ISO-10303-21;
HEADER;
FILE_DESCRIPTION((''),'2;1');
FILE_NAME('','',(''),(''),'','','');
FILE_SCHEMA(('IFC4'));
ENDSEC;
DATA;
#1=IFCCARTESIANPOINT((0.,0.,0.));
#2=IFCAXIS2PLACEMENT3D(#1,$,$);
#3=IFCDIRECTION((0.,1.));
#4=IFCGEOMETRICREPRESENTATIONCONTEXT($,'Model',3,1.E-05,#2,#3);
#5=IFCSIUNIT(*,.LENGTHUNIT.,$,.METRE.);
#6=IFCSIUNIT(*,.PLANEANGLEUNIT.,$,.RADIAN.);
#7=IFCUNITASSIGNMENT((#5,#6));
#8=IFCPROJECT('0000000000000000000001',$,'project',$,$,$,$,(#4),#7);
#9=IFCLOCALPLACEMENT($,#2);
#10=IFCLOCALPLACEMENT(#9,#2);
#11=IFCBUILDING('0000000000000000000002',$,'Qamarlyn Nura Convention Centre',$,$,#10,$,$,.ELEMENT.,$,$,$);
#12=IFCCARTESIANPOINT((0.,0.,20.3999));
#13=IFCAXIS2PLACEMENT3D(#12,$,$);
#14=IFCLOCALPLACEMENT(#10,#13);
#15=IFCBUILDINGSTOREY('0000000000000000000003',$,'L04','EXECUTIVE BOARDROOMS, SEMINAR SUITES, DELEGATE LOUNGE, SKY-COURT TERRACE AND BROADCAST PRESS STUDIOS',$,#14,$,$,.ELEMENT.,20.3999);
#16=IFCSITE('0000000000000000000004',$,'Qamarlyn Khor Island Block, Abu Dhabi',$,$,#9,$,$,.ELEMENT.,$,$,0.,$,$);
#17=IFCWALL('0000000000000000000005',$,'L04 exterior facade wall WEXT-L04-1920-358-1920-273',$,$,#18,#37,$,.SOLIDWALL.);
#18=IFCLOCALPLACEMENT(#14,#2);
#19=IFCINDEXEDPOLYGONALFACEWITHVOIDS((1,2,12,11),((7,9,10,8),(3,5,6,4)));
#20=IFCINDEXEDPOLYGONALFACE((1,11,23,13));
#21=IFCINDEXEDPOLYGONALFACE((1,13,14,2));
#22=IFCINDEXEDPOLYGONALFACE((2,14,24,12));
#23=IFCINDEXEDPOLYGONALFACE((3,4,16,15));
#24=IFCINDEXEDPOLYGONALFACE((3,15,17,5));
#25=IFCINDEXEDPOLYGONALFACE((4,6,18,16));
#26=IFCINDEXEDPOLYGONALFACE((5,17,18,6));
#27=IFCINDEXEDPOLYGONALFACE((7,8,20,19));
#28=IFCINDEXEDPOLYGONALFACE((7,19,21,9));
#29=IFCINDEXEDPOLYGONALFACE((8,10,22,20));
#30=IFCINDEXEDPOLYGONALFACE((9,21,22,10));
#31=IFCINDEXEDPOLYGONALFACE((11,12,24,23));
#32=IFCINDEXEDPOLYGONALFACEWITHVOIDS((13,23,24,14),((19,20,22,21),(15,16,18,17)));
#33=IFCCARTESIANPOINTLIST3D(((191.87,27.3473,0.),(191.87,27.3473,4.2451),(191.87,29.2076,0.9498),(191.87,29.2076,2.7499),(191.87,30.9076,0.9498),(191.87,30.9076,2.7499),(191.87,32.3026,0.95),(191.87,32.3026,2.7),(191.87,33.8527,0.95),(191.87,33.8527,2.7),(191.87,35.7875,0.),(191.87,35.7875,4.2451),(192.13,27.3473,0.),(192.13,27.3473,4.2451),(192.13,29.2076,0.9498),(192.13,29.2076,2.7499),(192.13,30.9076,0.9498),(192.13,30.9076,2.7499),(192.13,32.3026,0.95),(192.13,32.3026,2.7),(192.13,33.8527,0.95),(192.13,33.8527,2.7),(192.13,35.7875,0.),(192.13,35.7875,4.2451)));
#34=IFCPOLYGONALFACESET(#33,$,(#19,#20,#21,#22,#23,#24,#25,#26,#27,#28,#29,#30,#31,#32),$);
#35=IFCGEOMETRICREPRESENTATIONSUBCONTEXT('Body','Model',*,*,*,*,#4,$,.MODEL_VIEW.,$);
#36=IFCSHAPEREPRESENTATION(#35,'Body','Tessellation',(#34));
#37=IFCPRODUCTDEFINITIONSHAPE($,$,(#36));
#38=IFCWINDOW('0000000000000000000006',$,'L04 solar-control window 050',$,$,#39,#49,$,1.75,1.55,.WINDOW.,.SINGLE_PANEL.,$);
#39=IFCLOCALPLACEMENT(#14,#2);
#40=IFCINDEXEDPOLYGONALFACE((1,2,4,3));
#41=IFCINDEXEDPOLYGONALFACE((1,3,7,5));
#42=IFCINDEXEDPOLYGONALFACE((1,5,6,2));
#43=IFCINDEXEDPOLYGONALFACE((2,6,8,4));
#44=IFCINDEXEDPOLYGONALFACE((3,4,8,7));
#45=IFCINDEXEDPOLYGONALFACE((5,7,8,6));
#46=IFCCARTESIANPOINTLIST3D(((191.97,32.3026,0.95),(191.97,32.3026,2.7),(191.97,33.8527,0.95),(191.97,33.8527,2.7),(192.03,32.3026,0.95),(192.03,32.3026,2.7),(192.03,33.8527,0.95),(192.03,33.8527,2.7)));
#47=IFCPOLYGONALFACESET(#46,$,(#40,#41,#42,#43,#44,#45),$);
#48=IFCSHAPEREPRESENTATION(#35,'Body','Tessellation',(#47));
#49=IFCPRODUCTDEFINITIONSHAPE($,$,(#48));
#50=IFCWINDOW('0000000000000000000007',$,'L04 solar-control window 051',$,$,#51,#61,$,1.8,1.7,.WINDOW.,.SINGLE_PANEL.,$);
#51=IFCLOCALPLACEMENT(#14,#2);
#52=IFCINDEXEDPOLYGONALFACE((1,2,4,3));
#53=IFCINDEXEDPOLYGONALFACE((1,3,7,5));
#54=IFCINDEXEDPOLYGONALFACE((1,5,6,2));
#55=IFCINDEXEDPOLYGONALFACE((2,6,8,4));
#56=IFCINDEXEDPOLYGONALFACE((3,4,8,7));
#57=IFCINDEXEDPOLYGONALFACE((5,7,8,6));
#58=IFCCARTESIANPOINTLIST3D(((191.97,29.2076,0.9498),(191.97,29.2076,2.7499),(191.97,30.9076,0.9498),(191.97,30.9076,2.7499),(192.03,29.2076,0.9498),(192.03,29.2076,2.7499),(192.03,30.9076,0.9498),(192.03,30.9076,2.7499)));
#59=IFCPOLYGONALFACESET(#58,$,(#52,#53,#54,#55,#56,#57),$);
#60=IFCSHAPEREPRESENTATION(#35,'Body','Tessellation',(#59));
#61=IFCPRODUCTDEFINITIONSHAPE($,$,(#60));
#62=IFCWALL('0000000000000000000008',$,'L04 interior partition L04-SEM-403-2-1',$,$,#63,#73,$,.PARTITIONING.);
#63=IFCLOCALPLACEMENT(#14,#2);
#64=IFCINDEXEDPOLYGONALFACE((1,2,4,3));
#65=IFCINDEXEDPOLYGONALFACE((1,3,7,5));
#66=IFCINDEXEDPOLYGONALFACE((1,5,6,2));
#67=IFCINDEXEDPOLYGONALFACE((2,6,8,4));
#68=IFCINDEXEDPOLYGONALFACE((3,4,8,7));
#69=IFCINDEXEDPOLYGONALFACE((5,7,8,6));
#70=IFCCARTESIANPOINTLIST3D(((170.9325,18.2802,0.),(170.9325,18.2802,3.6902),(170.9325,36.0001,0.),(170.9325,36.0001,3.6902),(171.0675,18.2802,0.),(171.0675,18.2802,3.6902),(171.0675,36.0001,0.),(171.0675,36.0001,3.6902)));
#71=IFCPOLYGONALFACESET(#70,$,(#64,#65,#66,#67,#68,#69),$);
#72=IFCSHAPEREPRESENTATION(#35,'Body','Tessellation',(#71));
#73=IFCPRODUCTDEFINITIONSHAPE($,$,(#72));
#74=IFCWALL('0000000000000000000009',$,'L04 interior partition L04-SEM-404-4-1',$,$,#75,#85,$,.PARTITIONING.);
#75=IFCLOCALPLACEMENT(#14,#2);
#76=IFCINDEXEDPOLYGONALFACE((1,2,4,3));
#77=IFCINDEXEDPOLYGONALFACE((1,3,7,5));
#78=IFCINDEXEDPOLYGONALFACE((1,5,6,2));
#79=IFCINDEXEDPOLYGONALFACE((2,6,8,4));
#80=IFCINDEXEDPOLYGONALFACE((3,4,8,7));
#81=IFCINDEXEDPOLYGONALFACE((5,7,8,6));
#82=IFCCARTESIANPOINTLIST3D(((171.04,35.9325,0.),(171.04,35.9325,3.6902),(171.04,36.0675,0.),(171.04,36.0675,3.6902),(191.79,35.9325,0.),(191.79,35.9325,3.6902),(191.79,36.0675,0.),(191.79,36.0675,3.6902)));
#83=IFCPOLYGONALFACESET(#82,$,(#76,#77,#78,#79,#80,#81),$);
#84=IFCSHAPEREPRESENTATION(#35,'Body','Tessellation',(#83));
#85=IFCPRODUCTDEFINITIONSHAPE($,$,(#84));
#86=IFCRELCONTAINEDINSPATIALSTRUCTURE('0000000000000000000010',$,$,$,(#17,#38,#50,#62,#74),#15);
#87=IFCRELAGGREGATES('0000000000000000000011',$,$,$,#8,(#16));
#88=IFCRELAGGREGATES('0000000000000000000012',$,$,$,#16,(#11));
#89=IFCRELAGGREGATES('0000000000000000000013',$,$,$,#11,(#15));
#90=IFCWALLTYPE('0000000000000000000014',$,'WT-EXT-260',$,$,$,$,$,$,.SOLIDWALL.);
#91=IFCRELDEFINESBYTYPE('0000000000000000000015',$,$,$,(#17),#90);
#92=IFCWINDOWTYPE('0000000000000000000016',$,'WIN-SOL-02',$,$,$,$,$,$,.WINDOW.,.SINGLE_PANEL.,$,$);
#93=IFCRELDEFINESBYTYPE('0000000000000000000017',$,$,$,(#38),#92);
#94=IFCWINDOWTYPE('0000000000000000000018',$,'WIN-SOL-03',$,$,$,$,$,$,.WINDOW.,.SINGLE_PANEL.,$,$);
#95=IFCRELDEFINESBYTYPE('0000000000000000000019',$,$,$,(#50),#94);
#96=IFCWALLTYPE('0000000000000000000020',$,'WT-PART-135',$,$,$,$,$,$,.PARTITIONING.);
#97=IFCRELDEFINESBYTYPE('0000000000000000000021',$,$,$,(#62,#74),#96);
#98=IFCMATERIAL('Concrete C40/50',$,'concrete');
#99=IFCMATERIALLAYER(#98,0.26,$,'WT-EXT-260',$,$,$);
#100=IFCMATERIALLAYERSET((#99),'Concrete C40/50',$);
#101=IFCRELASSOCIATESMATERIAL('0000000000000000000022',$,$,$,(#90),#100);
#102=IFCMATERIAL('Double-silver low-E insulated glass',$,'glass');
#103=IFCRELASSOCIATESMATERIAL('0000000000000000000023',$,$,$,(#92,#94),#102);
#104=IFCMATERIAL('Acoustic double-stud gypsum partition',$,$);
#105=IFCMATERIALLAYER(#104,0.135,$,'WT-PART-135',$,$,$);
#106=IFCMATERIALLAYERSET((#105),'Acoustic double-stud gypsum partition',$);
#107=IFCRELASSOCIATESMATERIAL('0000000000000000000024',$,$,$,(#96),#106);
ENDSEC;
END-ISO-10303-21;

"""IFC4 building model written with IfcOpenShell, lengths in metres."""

from ifc_helpers import new_model, si_unit, direction, frame, frame_2d, origin, place, context, subcontext, project, spatial, rectangle, extrude, material, layer, layer_set, type_object, element, fill, save


model = new_model("IFC4")

# Units and contexts
model_context = context("Model", 3, precision=1e-05, world=origin(), true_north=direction((0.0, 1.0)))
body_context = subcontext(model_context, "Body", "Model", "MODEL_VIEW")
ifc_project = project(units=[si_unit("LENGTHUNIT", "METRE"), si_unit("PLANEANGLEUNIT", "RADIAN")], contexts=[model_context])

# Site, building, storey
site_placement = place(None, origin())
site = spatial("IfcSite", under=ifc_project, at=site_placement, Name="Qamarlyn Khor Island Block, Abu Dhabi", CompositionType="ELEMENT", RefElevation=0.0)
building_placement = place(site_placement, origin())
building = spatial("IfcBuilding", under=site, at=building_placement, Name="Qamarlyn Nura Convention Centre", CompositionType="ELEMENT")
storey_placement = place(building_placement, frame((0.0, 0.0, 20.3999)))
storey = spatial("IfcBuildingStorey", under=building, at=storey_placement, Name="L04", Description="EXECUTIVE BOARDROOMS, SEMINAR SUITES, DELEGATE LOUNGE, SKY-COURT TERRACE AND BROADCAST PRESS STUDIOS", CompositionType="ELEMENT", Elevation=20.3999)

# Shared definitions
ifc_material_1 = material(Name="Double-silver low-E insulated glass", Category="glass")

# Wall, openings, windows
ifc_material_2 = material(Name="Concrete C40/50", Category="concrete")
ifc_layer_1 = layer(ifc_material_2, 0.26, Name="WT-EXT-260")
ifc_layer_set_1 = layer_set([ifc_layer_1], Name="Concrete C40/50")
wall_type_1 = type_object("IfcWallType", Name="WT-EXT-260", PredefinedType="SOLIDWALL", material=ifc_layer_set_1)
wall_1_placement = place(storey_placement, frame((192.0, 35.7876, 0.0), z_axis=(0.0, 0.0, 1.0), x_axis=(0.0, -1.0, 0.0)))
wall_1 = element("IfcWall", 1, at=wall_1_placement, inside=storey, type_object=wall_type_1, Name="L04 exterior facade wall WEXT-L04-1920-358-1920-273", PredefinedType="SOLIDWALL", context=body_context, shape_type="SweptSolid", body=[
    extrude(rectangle(XDim=8.4402, YDim=0.26, at=frame_2d((4.2202, 0.0))), origin(), (0.0, 0.0, 1.0), 4.2451),
])
opening_1_placement = place(wall_1_placement, frame((1.9351, 0.0, 0.95)))
opening_1 = element("IfcOpeningElement", 2, at=opening_1_placement, cuts=wall_1, PredefinedType="OPENING", context=body_context, shape_type="SweptSolid", body=[
    extrude(rectangle(XDim=1.55, YDim=1.75, at=frame_2d((0.7749, 0.875))), frame((0.0, 0.1401, 0.0), z_axis=(0.0, -1.0, 0.0), x_axis=(1.0, 0.0, 0.0)), (0.0, 0.0, 1.0), 0.28),
])
opening_2_placement = place(wall_1_placement, frame((4.8799, 0.0, 0.95)))
opening_2 = element("IfcOpeningElement", 3, at=opening_2_placement, cuts=wall_1, PredefinedType="OPENING", context=body_context, shape_type="SweptSolid", body=[
    extrude(rectangle(XDim=1.7, YDim=1.8, at=frame_2d((0.8501, 0.8999))), frame((0.0, 0.1401, 0.0), z_axis=(0.0, -1.0, 0.0), x_axis=(1.0, 0.0, 0.0)), (0.0, 0.0, 1.0), 0.28),
])
window_type_1 = type_object("IfcWindowType", Name="WIN-SOL-02", PartitioningType="SINGLE_PANEL", PredefinedType="WINDOW", material=ifc_material_1)
window_1_placement = place(opening_1_placement, origin())
window_1 = element("IfcWindow", 4, at=window_1_placement, inside=storey, type_object=window_type_1, Name="L04 solar-control window 050", OverallHeight=1.75, OverallWidth=1.55, PartitioningType="SINGLE_PANEL", PredefinedType="WINDOW", context=body_context, shape_type="SweptSolid", body=[
    extrude(rectangle(XDim=1.55, YDim=1.75, at=frame_2d((0.7749, 0.875))), frame((0.0, 0.03, 0.0), z_axis=(0.0, -1.0, 0.0), x_axis=(1.0, 0.0, 0.0)), (0.0, 0.0, 1.0), 0.0601),
])
fill(opening_1, window_1)
window_type_2 = type_object("IfcWindowType", Name="WIN-SOL-03", PartitioningType="SINGLE_PANEL", PredefinedType="WINDOW", material=ifc_material_1)
window_2_placement = place(opening_2_placement, origin())
window_2 = element("IfcWindow", 5, at=window_2_placement, inside=storey, type_object=window_type_2, Name="L04 solar-control window 051", OverallHeight=1.8, OverallWidth=1.7, PartitioningType="SINGLE_PANEL", PredefinedType="WINDOW", context=body_context, shape_type="SweptSolid", body=[
    extrude(rectangle(XDim=1.7, YDim=1.8, at=frame_2d((0.8501, 0.8999))), frame((0.0, 0.03, 0.0), z_axis=(0.0, -1.0, 0.0), x_axis=(1.0, 0.0, 0.0)), (0.0, 0.0, 1.0), 0.0601),
])
fill(opening_2, window_2)

# Walls
ifc_material_3 = material(Name="Acoustic double-stud gypsum partition")
ifc_layer_2 = layer(ifc_material_3, 0.135, Name="WT-PART-135")
ifc_layer_set_2 = layer_set([ifc_layer_2], Name="Acoustic double-stud gypsum partition")
wall_type_2 = type_object("IfcWallType", Name="WT-PART-135", PredefinedType="PARTITIONING", material=ifc_layer_set_2)
wall_2_placement = place(storey_placement, frame((171.0, 36.0, 0.0), z_axis=(0.0, 0.0, 1.0), x_axis=(0.0, -1.0, 0.0)))
element("IfcWall", 6, at=wall_2_placement, inside=storey, type_object=wall_type_2, Name="L04 interior partition L04-SEM-403-2-1", PredefinedType="PARTITIONING", context=body_context, shape_type="SweptSolid", body=[
    extrude(rectangle(XDim=17.72, YDim=0.135, at=frame_2d((8.8599, 0.0))), origin(), (0.0, 0.0, 1.0), 3.6902),
])
wall_3_placement = place(storey_placement, frame((171.04, 36.0, 0.0), z_axis=(0.0, 0.0, 1.0), x_axis=(1.0, 0.0, 0.0)))
element("IfcWall", 7, at=wall_3_placement, inside=storey, type_object=wall_type_2, Name="L04 interior partition L04-SEM-404-4-1", PredefinedType="PARTITIONING", context=body_context, shape_type="SweptSolid", body=[
    extrude(rectangle(XDim=20.75, YDim=0.135, at=frame_2d((10.375, 0.0))), origin(), (0.0, 0.0, 1.0), 3.6902),
])

save(model, "model.ifc")
